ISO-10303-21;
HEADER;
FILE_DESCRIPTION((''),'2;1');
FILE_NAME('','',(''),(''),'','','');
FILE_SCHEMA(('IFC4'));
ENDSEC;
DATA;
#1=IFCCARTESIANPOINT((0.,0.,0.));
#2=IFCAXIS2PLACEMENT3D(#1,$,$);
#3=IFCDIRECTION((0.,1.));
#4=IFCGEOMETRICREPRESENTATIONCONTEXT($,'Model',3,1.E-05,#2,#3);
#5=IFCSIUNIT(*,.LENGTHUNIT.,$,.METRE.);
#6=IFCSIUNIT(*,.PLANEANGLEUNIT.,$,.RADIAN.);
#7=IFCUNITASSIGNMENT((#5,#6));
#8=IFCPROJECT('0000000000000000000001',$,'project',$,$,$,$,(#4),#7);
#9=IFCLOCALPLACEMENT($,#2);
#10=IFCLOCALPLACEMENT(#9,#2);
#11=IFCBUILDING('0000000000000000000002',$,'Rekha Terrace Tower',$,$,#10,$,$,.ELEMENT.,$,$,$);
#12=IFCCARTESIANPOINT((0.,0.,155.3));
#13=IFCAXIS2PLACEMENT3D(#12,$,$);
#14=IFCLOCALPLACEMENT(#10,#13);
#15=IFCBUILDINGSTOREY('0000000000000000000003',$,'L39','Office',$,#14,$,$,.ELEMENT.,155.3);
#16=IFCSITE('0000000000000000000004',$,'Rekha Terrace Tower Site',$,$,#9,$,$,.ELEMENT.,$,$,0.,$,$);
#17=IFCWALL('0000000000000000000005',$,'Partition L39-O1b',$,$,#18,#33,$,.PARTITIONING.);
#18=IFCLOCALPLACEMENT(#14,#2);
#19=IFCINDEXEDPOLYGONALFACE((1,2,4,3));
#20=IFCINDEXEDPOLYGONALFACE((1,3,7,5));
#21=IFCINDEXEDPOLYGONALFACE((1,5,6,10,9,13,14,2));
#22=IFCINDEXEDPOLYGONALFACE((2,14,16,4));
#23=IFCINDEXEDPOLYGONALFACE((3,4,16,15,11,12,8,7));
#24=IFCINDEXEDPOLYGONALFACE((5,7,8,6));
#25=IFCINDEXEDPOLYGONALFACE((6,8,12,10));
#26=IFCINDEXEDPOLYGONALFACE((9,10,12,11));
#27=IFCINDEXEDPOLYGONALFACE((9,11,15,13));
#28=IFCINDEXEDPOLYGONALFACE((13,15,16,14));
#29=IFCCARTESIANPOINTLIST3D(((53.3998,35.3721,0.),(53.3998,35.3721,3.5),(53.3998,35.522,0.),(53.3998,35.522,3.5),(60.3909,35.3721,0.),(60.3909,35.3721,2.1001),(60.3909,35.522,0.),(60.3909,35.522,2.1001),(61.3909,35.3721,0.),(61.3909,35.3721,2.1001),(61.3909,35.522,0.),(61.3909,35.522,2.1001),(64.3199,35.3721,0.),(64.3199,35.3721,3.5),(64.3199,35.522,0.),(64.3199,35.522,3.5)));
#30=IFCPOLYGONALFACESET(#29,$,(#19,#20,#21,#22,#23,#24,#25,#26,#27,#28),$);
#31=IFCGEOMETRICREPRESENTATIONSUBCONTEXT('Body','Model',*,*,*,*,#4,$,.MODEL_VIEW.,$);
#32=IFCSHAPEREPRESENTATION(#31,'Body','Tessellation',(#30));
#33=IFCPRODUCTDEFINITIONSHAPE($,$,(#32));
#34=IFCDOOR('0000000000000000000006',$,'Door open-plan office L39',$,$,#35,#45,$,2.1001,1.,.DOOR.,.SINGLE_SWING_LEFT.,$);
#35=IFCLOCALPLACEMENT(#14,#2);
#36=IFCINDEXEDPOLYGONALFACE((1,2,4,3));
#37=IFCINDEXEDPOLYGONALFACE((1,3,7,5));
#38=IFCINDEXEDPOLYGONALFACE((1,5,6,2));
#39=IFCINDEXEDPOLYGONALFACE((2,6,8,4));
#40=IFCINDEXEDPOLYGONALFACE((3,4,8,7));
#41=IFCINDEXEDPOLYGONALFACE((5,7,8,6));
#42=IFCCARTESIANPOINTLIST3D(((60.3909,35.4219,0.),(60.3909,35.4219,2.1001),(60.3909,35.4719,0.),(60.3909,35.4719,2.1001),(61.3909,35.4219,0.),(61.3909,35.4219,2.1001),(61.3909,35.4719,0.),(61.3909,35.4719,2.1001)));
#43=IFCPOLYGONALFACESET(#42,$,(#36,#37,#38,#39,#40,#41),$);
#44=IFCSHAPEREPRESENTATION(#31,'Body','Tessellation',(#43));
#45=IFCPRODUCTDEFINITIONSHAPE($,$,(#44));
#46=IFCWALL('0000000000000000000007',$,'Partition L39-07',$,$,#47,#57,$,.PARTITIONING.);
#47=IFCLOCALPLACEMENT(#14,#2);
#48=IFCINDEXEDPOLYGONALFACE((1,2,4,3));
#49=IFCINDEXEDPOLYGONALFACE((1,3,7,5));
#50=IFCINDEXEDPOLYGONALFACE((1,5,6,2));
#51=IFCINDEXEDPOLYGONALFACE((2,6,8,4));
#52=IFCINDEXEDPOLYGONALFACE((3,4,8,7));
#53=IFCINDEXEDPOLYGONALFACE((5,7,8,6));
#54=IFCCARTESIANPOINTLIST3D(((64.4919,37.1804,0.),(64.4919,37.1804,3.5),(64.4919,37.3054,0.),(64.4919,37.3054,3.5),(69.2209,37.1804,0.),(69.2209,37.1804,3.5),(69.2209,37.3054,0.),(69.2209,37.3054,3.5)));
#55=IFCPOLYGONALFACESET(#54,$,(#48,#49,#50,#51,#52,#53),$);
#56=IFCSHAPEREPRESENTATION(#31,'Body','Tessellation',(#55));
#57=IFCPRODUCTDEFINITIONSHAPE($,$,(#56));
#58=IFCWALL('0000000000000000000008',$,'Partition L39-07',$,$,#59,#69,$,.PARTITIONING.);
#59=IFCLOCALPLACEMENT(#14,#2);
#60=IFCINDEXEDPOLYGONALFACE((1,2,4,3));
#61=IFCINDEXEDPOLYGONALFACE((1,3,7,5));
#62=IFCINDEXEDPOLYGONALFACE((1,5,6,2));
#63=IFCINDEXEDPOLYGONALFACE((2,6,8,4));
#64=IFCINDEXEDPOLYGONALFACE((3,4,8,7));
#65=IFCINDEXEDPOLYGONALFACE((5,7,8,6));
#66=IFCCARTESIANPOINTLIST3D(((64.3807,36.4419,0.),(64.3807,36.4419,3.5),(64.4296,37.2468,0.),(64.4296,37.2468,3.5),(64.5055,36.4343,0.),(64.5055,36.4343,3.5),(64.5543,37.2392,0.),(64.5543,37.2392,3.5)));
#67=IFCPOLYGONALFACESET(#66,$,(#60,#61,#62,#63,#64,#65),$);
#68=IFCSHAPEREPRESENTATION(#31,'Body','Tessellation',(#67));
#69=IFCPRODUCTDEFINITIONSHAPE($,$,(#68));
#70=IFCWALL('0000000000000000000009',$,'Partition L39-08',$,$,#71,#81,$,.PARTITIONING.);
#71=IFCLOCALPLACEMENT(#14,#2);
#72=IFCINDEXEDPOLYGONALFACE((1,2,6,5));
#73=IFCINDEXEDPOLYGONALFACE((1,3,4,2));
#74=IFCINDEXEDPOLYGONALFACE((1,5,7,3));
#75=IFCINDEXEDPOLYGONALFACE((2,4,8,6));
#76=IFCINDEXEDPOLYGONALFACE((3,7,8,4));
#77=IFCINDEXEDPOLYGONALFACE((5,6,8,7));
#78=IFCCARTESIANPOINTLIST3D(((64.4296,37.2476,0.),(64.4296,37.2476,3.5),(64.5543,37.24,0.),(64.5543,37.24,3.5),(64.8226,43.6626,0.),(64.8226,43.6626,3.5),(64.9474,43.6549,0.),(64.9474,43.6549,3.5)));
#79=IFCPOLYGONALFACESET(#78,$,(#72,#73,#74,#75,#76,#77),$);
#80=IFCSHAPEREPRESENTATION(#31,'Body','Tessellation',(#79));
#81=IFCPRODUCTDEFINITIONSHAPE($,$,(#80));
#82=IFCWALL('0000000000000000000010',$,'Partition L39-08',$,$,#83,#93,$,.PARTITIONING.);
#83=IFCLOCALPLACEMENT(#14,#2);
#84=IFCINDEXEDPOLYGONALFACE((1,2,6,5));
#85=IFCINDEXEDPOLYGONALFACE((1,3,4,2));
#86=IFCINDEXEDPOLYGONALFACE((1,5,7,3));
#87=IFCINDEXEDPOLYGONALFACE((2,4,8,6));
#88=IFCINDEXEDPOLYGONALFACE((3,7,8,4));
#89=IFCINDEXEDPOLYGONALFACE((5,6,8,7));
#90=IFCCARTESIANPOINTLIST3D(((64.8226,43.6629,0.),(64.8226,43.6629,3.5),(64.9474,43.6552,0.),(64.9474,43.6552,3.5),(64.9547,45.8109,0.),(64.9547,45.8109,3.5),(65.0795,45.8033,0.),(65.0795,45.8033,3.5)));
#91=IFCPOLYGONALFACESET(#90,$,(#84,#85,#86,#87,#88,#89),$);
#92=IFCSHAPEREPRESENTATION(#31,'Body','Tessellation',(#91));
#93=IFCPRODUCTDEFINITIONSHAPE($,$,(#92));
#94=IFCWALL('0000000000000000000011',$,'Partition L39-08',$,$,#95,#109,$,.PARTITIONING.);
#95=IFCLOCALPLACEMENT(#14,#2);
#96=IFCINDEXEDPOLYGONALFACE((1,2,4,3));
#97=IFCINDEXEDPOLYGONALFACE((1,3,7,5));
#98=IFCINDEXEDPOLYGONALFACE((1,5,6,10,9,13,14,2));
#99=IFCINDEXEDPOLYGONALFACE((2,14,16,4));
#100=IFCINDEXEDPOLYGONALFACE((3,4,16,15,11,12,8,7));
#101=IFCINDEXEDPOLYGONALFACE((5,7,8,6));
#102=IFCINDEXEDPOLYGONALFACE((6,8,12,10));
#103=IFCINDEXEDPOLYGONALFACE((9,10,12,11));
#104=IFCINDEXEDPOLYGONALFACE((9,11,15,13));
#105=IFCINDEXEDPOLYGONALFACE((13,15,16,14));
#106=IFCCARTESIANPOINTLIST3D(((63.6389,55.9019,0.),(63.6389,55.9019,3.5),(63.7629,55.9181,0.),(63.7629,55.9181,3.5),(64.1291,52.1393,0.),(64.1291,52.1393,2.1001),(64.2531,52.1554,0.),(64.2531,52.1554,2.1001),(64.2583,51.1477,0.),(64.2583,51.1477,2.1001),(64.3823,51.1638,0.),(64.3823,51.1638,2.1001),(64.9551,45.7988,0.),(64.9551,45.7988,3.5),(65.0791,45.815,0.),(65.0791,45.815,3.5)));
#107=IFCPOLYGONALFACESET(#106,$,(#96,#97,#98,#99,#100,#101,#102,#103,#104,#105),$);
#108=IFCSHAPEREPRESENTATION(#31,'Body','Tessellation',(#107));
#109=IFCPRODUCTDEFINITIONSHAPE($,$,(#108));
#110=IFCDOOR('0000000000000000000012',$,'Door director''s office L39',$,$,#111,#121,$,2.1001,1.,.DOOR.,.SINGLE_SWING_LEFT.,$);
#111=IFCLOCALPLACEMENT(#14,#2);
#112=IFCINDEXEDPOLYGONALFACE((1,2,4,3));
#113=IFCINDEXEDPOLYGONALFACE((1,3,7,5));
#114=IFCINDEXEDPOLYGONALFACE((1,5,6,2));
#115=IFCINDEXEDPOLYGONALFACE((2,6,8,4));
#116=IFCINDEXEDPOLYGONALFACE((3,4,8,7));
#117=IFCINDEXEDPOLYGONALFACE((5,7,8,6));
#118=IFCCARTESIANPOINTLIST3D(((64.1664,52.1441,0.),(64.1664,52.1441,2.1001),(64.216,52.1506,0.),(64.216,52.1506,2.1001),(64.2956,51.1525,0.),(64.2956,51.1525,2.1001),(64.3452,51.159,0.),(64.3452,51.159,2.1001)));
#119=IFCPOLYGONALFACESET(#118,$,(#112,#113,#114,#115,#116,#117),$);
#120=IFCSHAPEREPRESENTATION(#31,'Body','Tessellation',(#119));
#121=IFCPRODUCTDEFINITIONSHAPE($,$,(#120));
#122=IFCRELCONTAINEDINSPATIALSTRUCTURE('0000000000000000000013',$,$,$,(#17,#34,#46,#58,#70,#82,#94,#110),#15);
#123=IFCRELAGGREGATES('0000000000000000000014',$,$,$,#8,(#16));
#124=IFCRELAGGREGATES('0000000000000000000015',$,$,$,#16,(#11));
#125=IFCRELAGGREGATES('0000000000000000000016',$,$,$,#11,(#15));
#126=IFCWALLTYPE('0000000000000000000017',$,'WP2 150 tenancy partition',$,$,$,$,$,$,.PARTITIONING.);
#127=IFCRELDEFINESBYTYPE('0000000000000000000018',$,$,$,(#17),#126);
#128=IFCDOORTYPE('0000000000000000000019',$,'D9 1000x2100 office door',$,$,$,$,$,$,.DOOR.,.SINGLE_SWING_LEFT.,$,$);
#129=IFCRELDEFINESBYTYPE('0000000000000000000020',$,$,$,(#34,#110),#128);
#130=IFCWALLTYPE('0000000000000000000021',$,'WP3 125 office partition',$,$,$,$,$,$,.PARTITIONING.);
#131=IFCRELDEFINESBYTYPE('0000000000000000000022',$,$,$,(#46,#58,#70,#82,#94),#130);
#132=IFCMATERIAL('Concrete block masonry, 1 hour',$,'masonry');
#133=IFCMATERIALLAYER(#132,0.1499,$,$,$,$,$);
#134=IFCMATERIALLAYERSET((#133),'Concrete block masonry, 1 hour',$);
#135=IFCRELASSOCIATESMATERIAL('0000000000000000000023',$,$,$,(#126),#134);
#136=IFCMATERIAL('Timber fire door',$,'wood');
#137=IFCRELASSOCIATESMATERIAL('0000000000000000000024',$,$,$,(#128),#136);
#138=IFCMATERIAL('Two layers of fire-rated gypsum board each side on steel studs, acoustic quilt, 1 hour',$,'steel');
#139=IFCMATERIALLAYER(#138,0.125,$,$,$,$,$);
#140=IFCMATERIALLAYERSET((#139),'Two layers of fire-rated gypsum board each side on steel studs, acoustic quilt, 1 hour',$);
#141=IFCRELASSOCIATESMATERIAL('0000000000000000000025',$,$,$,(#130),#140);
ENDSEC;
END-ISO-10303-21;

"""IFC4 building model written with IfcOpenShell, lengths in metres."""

from ifc_helpers import new_model, si_unit, direction, frame, frame_2d, origin, place, context, subcontext, project, spatial, rectangle, extrude, material, layer, layer_set, type_object, element, fill, save


model = new_model("IFC4")

# Units and contexts
model_context = context("Model", 3, precision=1e-05, world=origin(), true_north=direction((0.0, 1.0)))
body_context = subcontext(model_context, "Body", "Model", "MODEL_VIEW")
ifc_project = project(units=[si_unit("LENGTHUNIT", "METRE"), si_unit("PLANEANGLEUNIT", "RADIAN")], contexts=[model_context])

# Site, building, storey
site_placement = place(None, origin())
site = spatial("IfcSite", under=ifc_project, at=site_placement, Name="Rekha Terrace Tower Site", CompositionType="ELEMENT", RefElevation=0.0)
building_placement = place(site_placement, origin())
building = spatial("IfcBuilding", under=site, at=building_placement, Name="Rekha Terrace Tower", CompositionType="ELEMENT")
storey_placement = place(building_placement, frame((0.0, 0.0, 155.3)))
storey = spatial("IfcBuildingStorey", under=building, at=storey_placement, Name="L39", Description="Office", CompositionType="ELEMENT", Elevation=155.3)

# Shared definitions
ifc_material_1 = material(Name="Concrete block masonry, 1 hour", Category="masonry")
ifc_layer_1 = layer(ifc_material_1, 0.1499)
ifc_layer_set_1 = layer_set([ifc_layer_1], Name="Concrete block masonry, 1 hour")
wall_type_1 = type_object("IfcWallType", Name="WP2 150 tenancy partition", PredefinedType="PARTITIONING", material=ifc_layer_set_1)

# Wall, opening, door
ifc_material_2 = material(Name="Timber fire door", Category="wood")
door_type = type_object("IfcDoorType", Name="D9 1000x2100 office door", OperationType="SINGLE_SWING_LEFT", PredefinedType="DOOR", material=ifc_material_2)
wall_1_placement = place(storey_placement, frame((53.3999, 35.447, 0.0), z_axis=(0.0, 0.0, 1.0), x_axis=(1.0, 0.0, 0.0)))
wall_1 = element("IfcWall", 1, at=wall_1_placement, inside=storey, type_object=wall_type_1, Name="Partition L39-O1b", PredefinedType="PARTITIONING", context=body_context, shape_type="SweptSolid", body=[
    extrude(rectangle(XDim=10.9202, YDim=0.1499, at=frame_2d((5.46, 0.0))), origin(), (0.0, 0.0, 1.0), 3.5),
])
opening_1_placement = place(wall_1_placement, frame((6.991, 0.0, 0.0)))
opening_1 = element("IfcOpeningElement", 2, at=opening_1_placement, cuts=wall_1, PredefinedType="OPENING", context=body_context, shape_type="SweptSolid", body=[
    extrude(rectangle(XDim=1.0, YDim=2.1001, at=frame_2d((0.5, 1.05))), frame((0.0, 0.085, 0.0), z_axis=(0.0, -1.0, 0.0), x_axis=(1.0, 0.0, 0.0)), (0.0, 0.0, 1.0), 0.1699),
])
door_1_placement = place(opening_1_placement, origin())
door_1 = element("IfcDoor", 3, at=door_1_placement, inside=storey, type_object=door_type, Name="Door open-plan office L39", OperationType="SINGLE_SWING_LEFT", OverallHeight=2.1001, OverallWidth=1.0, PredefinedType="DOOR", context=body_context, shape_type="SweptSolid", body=[
    extrude(rectangle(XDim=1.0, YDim=2.1001, at=frame_2d((0.5, 1.05))), frame((0.0, 0.0249, 0.0), z_axis=(0.0, -1.0, 0.0), x_axis=(1.0, 0.0, 0.0)), (0.0, 0.0, 1.0), 0.05),
])
fill(opening_1, door_1)

# Walls
ifc_material_3 = material(Name="Two layers of fire-rated gypsum board each side on steel studs, acoustic quilt, 1 hour", Category="steel")
ifc_layer_2 = layer(ifc_material_3, 0.125)
ifc_layer_set_2 = layer_set([ifc_layer_2], Name="Two layers of fire-rated gypsum board each side on steel studs, acoustic quilt, 1 hour")
wall_type_2 = type_object("IfcWallType", Name="WP3 125 office partition", PredefinedType="PARTITIONING", material=ifc_layer_set_2)
wall_2_placement = place(storey_placement, frame((64.4919, 37.2429, 0.0), z_axis=(0.0, 0.0, 1.0), x_axis=(1.0, 0.0, 0.0)))
element("IfcWall", 4, at=wall_2_placement, inside=storey, type_object=wall_type_2, Name="Partition L39-07", PredefinedType="PARTITIONING", context=body_context, shape_type="SweptSolid", body=[
    extrude(rectangle(XDim=4.729, YDim=0.125, at=frame_2d((2.3645, 0.0))), origin(), (0.0, 0.0, 1.0), 3.5),
])
wall_3_placement = place(storey_placement, frame((64.4431, 36.438, 0.0), z_axis=(0.0, 0.0, 1.0), x_axis=(0.06055, 0.998165, 0.0)))
element("IfcWall", 5, at=wall_3_placement, inside=storey, type_object=wall_type_2, Name="Partition L39-07", PredefinedType="PARTITIONING", context=body_context, shape_type="SweptSolid", body=[
    extrude(rectangle(XDim=0.8064, YDim=0.125, at=frame_2d((0.4033, 0.0))), origin(), (0.0, 0.0, 1.0), 3.5),
])
wall_4_placement = place(storey_placement, frame((64.4919, 37.2439, 0.0), z_axis=(0.0, 0.0, 1.0), x_axis=(0.061158, 0.998128, 0.0)))
element("IfcWall", 6, at=wall_4_placement, inside=storey, type_object=wall_type_2, Name="Partition L39-08", PredefinedType="PARTITIONING", context=body_context, shape_type="SweptSolid", body=[
    extrude(rectangle(XDim=6.427, YDim=0.125, at=frame_2d((3.2134, 0.0))), origin(), (0.0, 0.0, 1.0), 3.5),
])
wall_5_placement = place(storey_placement, frame((64.885, 43.6589, 0.0), z_axis=(0.0, 0.0, 1.0), x_axis=(0.061375, 0.998115, 0.0)))
element("IfcWall", 7, at=wall_5_placement, inside=storey, type_object=wall_type_2, Name="Partition L39-08", PredefinedType="PARTITIONING", context=body_context, shape_type="SweptSolid", body=[
    extrude(rectangle(XDim=2.1521, YDim=0.125, at=frame_2d((1.0762, 0.0))), origin(), (0.0, 0.0, 1.0), 3.5),
])

# Wall, opening, door
wall_6_placement = place(storey_placement, frame((65.0171, 45.8069, 0.0), z_axis=(0.0, 0.0, 1.0), x_axis=(-0.129182, 0.991621, 0.0)))
wall_6 = element("IfcWall", 8, at=wall_6_placement, inside=storey, type_object=wall_type_2, Name="Partition L39-08", PredefinedType="PARTITIONING", context=body_context, shape_type="SweptSolid", body=[
    extrude(rectangle(XDim=10.1885, YDim=0.125, at=frame_2d((5.0942, 0.0))), origin(), (0.0, 0.0, 1.0), 3.5),
])
opening_2_placement = place(wall_6_placement, frame((5.394, 0.0, 0.0)))
opening_2 = element("IfcOpeningElement", 9, at=opening_2_placement, cuts=wall_6, PredefinedType="OPENING", context=body_context, shape_type="SweptSolid", body=[
    extrude(rectangle(XDim=1.0, YDim=2.1001, at=frame_2d((0.5, 1.05))), frame((0.0, 0.0725, 0.0), z_axis=(0.0, -1.0, 0.0), x_axis=(1.0, 0.0, 0.0)), (0.0, 0.0, 1.0), 0.145),
])
door_2_placement = place(opening_2_placement, origin())
door_2 = element("IfcDoor", 10, at=door_2_placement, inside=storey, type_object=door_type, Name="Door director's office L39", OperationType="SINGLE_SWING_LEFT", OverallHeight=2.1001, OverallWidth=1.0, PredefinedType="DOOR", context=body_context, shape_type="SweptSolid", body=[
    extrude(rectangle(XDim=1.0, YDim=2.1001, at=frame_2d((0.5, 1.05))), frame((0.0, 0.0249, 0.0), z_axis=(0.0, -1.0, 0.0), x_axis=(1.0, 0.0, 0.0)), (0.0, 0.0, 1.0), 0.05),
])
fill(opening_2, door_2)

save(model, "model.ifc")
